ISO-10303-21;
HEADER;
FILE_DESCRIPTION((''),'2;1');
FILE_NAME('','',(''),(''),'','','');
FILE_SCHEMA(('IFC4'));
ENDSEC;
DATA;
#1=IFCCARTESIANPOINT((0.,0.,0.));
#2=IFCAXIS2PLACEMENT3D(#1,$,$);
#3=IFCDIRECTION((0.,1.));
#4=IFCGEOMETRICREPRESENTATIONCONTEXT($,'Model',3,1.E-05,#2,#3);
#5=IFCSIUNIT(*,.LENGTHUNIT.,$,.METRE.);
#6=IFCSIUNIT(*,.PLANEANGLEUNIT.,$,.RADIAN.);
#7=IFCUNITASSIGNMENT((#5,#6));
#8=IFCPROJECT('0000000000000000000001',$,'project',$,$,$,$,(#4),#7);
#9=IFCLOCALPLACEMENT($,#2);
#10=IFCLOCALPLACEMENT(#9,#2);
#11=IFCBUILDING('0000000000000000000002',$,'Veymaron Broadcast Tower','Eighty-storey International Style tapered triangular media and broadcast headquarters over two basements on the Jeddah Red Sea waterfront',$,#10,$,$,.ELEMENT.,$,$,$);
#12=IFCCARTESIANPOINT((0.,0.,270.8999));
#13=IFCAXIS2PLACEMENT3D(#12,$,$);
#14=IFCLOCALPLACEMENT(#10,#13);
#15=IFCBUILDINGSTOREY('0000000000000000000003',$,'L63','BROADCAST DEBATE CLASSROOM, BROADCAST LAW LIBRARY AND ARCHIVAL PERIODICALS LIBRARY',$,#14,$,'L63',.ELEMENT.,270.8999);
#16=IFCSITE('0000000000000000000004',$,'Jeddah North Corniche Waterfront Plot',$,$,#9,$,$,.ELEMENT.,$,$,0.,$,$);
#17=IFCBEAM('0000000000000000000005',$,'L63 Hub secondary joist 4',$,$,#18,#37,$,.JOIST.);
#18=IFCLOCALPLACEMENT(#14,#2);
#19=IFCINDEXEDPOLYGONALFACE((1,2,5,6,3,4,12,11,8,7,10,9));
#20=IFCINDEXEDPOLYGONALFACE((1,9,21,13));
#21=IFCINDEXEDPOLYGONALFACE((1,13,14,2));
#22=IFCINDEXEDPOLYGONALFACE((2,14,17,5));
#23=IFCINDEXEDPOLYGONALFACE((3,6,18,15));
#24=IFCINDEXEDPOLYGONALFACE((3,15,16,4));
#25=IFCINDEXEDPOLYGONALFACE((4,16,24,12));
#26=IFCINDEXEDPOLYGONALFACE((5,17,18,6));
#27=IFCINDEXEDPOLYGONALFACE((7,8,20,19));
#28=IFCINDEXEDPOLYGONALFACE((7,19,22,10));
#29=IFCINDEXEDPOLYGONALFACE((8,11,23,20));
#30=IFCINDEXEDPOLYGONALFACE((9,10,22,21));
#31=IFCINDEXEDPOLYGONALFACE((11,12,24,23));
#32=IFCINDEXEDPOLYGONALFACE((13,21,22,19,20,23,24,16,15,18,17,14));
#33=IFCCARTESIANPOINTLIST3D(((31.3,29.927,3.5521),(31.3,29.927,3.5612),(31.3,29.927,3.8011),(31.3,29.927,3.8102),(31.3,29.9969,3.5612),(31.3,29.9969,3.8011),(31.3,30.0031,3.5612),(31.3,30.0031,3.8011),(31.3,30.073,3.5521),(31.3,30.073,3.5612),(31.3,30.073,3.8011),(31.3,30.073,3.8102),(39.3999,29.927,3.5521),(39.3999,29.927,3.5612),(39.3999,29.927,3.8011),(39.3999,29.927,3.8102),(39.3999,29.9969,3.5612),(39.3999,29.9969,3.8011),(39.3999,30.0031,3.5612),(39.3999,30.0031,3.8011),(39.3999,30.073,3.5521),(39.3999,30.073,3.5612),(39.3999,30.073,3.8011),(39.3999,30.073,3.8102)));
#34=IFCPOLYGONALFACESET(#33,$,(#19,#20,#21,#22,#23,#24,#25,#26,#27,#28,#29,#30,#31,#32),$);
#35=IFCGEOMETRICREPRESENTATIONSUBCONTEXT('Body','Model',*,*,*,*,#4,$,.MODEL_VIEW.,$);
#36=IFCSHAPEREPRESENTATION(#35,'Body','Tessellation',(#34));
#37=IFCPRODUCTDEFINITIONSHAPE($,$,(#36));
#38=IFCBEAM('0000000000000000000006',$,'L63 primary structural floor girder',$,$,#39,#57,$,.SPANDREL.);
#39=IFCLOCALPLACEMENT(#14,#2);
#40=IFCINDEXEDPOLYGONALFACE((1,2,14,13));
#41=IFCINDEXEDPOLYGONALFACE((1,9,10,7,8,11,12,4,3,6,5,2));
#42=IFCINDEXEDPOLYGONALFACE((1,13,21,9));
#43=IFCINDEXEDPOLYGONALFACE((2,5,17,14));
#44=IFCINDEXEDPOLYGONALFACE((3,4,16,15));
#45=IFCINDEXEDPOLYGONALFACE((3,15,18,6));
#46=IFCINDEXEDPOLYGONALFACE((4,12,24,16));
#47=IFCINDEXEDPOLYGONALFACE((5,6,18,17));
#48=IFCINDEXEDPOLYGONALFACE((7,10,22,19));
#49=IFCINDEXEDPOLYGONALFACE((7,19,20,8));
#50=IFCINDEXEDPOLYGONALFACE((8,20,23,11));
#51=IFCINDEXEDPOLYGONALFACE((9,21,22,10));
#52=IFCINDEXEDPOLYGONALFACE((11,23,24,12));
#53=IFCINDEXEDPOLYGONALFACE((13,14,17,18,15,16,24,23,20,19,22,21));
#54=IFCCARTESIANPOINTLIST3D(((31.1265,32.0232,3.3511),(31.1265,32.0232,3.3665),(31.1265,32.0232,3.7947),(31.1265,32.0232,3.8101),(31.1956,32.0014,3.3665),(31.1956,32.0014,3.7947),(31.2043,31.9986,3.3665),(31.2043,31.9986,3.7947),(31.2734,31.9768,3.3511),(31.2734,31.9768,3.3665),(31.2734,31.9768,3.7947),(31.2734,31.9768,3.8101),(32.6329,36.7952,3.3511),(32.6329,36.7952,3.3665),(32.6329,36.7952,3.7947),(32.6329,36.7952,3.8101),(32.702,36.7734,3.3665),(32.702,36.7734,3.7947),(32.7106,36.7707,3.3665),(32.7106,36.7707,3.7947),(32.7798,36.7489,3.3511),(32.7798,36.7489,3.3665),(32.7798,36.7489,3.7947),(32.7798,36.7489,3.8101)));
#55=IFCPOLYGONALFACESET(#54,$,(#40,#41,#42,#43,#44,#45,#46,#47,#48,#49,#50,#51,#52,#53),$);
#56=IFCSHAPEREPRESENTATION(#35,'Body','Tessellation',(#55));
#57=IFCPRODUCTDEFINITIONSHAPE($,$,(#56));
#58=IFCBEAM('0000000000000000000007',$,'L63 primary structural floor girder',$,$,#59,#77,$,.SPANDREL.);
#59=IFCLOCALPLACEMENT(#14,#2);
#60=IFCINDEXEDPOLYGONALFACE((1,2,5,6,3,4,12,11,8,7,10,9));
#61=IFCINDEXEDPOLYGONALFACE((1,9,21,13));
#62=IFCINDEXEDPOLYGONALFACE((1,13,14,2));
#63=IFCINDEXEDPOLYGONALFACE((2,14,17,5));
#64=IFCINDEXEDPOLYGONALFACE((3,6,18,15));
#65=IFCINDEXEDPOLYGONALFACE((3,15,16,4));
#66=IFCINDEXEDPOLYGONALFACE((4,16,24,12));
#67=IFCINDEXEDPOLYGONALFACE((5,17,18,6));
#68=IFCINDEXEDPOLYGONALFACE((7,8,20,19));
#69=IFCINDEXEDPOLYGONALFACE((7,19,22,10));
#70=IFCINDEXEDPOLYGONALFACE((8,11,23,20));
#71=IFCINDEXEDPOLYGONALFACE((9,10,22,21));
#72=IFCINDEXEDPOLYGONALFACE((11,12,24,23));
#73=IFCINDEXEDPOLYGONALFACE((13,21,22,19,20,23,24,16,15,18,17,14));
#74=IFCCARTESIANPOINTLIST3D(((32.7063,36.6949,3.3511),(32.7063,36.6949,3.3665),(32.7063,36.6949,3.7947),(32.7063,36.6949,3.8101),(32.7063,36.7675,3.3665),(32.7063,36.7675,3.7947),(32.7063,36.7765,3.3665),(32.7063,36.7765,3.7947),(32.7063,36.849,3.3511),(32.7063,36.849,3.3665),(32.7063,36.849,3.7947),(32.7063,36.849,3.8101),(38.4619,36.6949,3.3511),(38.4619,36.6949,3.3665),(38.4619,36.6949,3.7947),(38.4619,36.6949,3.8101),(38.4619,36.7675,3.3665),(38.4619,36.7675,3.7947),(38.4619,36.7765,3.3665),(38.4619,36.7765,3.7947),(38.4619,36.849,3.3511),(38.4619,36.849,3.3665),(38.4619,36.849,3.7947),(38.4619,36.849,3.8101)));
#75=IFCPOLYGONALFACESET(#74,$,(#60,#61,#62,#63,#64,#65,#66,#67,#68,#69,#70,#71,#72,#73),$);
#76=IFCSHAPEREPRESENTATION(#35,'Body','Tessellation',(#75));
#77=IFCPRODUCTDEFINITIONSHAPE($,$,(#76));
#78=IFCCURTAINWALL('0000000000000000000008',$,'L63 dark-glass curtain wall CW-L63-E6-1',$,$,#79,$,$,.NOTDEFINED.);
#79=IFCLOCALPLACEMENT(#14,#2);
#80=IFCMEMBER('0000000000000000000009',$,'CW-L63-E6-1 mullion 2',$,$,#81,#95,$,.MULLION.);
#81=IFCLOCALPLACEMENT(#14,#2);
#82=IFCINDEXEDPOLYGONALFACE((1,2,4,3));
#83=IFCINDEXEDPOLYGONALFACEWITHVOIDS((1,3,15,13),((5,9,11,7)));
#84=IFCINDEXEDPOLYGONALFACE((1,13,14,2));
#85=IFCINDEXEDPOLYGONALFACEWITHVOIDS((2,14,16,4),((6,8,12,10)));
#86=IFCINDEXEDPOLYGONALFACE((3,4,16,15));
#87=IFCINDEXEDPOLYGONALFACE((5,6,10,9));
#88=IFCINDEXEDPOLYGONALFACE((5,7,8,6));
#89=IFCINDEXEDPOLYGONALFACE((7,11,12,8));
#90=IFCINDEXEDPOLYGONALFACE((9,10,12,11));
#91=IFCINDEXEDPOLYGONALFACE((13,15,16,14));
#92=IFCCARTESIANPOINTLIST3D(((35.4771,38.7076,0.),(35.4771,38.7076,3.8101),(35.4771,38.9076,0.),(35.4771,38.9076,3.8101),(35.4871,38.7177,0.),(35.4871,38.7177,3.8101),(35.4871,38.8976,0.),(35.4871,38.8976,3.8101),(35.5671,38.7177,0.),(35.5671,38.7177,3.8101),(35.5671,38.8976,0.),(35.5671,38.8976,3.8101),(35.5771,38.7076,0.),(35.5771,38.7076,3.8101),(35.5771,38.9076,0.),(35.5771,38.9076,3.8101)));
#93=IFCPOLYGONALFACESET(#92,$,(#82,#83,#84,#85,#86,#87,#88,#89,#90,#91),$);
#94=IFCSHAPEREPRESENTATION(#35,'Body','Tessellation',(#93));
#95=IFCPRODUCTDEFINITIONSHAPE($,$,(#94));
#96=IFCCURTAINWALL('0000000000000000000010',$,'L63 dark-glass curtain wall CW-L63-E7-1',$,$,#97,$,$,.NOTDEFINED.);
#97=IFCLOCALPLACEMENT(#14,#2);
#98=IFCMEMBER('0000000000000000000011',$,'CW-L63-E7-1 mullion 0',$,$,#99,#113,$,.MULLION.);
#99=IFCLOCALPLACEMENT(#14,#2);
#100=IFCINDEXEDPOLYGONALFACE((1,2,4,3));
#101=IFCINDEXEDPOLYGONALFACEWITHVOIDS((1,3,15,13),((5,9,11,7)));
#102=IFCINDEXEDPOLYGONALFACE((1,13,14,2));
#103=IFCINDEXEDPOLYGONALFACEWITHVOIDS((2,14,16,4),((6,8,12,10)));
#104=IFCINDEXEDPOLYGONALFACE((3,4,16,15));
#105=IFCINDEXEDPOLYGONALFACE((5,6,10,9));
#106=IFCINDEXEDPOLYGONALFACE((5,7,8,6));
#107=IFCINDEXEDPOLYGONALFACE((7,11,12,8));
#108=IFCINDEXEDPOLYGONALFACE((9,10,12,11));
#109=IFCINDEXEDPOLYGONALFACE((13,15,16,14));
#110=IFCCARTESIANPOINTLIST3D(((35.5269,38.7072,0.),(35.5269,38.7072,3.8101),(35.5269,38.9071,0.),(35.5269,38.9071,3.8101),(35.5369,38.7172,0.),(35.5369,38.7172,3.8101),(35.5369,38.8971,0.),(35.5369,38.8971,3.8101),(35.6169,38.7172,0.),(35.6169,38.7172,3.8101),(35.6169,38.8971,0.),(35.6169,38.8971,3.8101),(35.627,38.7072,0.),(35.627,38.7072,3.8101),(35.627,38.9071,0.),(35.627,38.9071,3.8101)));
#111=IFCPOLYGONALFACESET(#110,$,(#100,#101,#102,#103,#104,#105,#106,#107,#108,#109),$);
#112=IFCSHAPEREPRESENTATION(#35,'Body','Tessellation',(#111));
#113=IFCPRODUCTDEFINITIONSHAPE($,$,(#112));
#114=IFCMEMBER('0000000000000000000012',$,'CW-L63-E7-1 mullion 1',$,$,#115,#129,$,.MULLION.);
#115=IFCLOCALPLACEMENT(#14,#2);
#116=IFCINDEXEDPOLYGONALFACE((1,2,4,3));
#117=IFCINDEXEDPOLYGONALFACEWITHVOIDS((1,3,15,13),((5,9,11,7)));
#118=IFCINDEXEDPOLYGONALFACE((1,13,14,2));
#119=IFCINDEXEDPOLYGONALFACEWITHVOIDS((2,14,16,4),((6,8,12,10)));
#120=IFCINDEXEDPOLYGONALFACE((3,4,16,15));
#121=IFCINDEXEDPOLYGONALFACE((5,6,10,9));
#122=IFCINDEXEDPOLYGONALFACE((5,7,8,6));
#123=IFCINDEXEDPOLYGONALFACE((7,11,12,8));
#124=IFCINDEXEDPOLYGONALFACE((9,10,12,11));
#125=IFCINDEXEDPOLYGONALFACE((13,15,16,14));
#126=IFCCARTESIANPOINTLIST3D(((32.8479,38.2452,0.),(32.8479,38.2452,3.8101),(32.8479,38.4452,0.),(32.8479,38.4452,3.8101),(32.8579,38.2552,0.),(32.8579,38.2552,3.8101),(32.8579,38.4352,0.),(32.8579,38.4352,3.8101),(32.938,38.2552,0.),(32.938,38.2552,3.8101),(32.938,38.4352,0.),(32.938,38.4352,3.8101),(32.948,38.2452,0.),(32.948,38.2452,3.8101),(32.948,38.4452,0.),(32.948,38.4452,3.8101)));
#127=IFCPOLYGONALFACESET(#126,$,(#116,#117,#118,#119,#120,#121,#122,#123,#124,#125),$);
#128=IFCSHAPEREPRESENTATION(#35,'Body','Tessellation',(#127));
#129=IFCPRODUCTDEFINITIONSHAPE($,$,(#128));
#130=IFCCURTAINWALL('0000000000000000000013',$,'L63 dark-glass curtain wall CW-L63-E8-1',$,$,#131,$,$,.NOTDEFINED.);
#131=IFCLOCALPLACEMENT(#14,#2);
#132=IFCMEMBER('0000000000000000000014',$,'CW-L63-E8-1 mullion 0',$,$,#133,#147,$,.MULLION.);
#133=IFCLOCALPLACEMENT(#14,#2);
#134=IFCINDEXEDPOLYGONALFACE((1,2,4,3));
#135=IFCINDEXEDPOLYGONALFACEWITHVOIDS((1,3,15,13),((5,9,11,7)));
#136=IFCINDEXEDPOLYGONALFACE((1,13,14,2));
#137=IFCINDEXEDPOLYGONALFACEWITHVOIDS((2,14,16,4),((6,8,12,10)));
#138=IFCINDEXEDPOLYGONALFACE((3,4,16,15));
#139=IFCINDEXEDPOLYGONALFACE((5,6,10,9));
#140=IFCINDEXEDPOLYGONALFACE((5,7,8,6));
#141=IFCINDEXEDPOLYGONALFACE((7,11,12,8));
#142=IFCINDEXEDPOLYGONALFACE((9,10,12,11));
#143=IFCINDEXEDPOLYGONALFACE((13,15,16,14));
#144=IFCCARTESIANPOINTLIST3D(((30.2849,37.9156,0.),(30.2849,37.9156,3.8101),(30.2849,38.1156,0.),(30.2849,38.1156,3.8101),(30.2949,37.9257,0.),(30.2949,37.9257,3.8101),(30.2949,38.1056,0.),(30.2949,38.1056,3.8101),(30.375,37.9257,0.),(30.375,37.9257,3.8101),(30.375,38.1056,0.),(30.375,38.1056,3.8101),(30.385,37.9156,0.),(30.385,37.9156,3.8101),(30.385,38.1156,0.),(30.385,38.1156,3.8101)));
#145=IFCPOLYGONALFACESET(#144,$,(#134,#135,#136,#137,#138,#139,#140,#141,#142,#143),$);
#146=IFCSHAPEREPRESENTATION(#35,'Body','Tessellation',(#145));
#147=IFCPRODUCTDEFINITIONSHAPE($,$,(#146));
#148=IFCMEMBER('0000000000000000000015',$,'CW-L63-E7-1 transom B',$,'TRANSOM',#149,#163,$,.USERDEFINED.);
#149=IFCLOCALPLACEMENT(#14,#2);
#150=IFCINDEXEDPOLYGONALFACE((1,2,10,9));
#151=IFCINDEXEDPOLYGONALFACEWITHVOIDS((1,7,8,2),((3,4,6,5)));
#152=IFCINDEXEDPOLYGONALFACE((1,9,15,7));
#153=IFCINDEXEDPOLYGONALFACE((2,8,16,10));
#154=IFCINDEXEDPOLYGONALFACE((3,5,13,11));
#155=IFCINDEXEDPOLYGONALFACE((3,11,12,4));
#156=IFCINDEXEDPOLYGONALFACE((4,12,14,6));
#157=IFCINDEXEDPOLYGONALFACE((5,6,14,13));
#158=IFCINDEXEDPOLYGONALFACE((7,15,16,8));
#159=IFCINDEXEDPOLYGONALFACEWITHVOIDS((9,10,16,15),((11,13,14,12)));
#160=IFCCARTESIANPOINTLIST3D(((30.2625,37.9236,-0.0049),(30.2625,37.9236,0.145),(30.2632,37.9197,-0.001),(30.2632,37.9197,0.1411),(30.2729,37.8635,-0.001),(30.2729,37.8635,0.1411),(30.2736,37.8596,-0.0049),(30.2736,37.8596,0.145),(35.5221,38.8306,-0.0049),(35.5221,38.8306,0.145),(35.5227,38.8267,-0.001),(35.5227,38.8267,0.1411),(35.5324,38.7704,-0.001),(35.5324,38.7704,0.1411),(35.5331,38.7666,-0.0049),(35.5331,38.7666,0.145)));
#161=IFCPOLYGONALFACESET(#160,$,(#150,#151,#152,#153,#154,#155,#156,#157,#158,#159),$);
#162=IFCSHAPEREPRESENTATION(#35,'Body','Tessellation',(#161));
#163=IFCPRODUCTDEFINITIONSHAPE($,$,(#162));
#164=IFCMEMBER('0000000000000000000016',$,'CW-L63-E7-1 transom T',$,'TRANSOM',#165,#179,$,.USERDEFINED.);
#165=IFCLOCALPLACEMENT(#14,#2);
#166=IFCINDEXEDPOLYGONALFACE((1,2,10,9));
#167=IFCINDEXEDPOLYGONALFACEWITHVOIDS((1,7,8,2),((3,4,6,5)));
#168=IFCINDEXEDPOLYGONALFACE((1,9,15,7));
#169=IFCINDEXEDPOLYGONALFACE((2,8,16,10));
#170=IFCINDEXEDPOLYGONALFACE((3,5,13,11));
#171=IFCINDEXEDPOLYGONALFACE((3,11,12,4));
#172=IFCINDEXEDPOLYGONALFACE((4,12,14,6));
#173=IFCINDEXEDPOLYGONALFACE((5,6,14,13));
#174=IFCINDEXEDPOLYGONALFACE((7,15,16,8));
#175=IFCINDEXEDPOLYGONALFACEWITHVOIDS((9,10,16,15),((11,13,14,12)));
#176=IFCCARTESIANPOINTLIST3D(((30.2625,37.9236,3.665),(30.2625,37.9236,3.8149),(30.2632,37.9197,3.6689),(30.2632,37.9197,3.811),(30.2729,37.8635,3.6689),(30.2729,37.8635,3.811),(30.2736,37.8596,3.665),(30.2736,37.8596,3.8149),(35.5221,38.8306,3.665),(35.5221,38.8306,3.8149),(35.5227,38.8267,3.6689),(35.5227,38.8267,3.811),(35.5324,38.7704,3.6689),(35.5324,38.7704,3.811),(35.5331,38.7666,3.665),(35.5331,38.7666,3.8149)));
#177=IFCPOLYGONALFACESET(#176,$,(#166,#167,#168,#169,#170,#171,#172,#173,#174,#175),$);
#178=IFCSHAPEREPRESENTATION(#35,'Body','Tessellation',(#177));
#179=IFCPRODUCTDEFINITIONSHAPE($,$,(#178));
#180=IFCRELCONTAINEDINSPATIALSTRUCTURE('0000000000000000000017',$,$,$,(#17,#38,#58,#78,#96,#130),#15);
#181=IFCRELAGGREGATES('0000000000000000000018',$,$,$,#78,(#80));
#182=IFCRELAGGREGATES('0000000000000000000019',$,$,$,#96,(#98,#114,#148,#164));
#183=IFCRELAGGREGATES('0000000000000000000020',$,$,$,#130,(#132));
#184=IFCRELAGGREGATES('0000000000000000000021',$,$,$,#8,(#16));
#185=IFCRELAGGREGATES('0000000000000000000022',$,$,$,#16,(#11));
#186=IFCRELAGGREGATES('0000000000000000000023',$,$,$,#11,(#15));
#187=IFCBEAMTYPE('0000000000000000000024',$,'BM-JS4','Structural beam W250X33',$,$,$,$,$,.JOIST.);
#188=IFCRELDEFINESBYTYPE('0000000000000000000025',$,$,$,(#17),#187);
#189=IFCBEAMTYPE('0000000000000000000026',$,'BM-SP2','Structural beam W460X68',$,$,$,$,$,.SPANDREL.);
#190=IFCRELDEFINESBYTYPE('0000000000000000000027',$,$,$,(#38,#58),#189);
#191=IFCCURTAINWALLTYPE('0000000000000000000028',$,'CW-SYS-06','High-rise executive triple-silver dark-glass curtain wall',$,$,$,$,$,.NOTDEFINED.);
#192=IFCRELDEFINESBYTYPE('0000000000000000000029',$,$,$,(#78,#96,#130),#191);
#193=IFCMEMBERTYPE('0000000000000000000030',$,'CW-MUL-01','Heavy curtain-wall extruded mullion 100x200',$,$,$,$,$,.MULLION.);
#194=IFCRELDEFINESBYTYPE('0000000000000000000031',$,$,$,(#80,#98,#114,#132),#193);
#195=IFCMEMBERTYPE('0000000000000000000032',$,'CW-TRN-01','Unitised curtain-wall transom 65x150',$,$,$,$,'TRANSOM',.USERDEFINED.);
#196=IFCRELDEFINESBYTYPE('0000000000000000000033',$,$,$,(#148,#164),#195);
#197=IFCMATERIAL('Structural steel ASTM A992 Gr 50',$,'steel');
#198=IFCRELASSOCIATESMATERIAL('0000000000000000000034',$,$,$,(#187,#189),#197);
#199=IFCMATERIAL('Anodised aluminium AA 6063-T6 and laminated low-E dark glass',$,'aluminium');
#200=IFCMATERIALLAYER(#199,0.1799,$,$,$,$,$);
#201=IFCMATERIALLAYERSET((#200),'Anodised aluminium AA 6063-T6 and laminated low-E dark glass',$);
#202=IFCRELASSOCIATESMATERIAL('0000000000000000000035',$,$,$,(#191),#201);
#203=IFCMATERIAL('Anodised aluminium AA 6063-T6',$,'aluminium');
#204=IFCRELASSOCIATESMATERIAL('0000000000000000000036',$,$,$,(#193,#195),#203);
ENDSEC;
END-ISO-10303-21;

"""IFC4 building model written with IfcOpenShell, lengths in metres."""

from ifc_helpers import new_model, si_unit, direction, frame, origin, origin_2d, place, context, subcontext, project, spatial, hollow_rectangle, i_section, extrude, material, layer, layer_set, material_profile, profile_set, type_object, element, aggregate, save


model = new_model("IFC4")

# Units and contexts
model_context = context("Model", 3, precision=1e-05, world=origin(), true_north=direction((0.0, 1.0)))
body_context = subcontext(model_context, "Body", "Model", "MODEL_VIEW")
ifc_project = project(units=[si_unit("LENGTHUNIT", "METRE"), si_unit("PLANEANGLEUNIT", "RADIAN")], contexts=[model_context])

# Site, building, storey
site_placement = place(None, origin())
site = spatial("IfcSite", under=ifc_project, at=site_placement, Name="Jeddah North Corniche Waterfront Plot", CompositionType="ELEMENT", RefElevation=0.0)
building_placement = place(site_placement, origin())
building = spatial("IfcBuilding", under=site, at=building_placement, Name="Veymaron Broadcast Tower", Description="Eighty-storey International Style tapered triangular media and broadcast headquarters over two basements on the Jeddah Red Sea waterfront", CompositionType="ELEMENT")
storey_placement = place(building_placement, frame((0.0, 0.0, 270.8999)))
storey = spatial("IfcBuildingStorey", under=building, at=storey_placement, Name="L63", Description="BROADCAST DEBATE CLASSROOM, BROADCAST LAW LIBRARY AND ARCHIVAL PERIODICALS LIBRARY", LongName="L63", CompositionType="ELEMENT", Elevation=270.8999)

# Shared definitions
ifc_material_1 = material(Name="Structural steel ASTM A992 Gr 50", Category="steel")

# Beams
ifc_material_profile_1 = material_profile(ifc_material_1, i_section(OverallWidth=0.146, OverallDepth=0.2581, WebThickness=0.0061, FlangeThickness=0.009, at=origin_2d()), Name="W250X33")
ifc_profile_set_1 = profile_set([ifc_material_profile_1], Name="Structural steel ASTM A992 Gr 50")
beam_type_1 = type_object("IfcBeamType", Name="BM-JS4", Description="Structural beam W250X33", PredefinedType="JOIST", material=ifc_profile_set_1)
for number, where, z_axis, x_axis, name in (
    (1, (31.3, 30.0, 3.6812), (1.0, 0.0, 0.0), (0.0, 1.0, 0.0), "L63 Hub secondary joist 4"),
):
    element("IfcBeam", number, at=place(storey_placement, frame(where, z_axis=z_axis, x_axis=x_axis)), inside=storey, type_object=beam_type_1, Name=name, PredefinedType="JOIST", context=body_context, shape_type="SweptSolid", body=[
        extrude(i_section(OverallWidth=0.146, OverallDepth=0.2581, WebThickness=0.0061, FlangeThickness=0.009, at=origin_2d()), origin(), (0.0, 0.0, 1.0), 8.0999),
    ])
ifc_material_profile_2 = material_profile(ifc_material_1, i_section(OverallWidth=0.1541, OverallDepth=0.459, WebThickness=0.009, FlangeThickness=0.0154, at=origin_2d()), Name="W460X68")
ifc_profile_set_2 = profile_set([ifc_material_profile_2], Name="Structural steel ASTM A992 Gr 50")
beam_type_2 = type_object("IfcBeamType", Name="BM-SP2", Description="Structural beam W460X68", PredefinedType="SPANDREL", material=ifc_profile_set_2)
beam_1_placement = place(storey_placement, frame((31.2, 32.0, 3.5806), z_axis=(0.301024, 0.953617, 0.0), x_axis=(-0.953617, 0.301024, 0.0)))
element("IfcBeam", 2, at=beam_1_placement, inside=storey, type_object=beam_type_2, Name="L63 primary structural floor girder", PredefinedType="SPANDREL", context=body_context, shape_type="SweptSolid", body=[
    extrude(i_section(OverallWidth=0.1541, OverallDepth=0.459, WebThickness=0.009, FlangeThickness=0.0154, at=origin_2d()), origin(), (0.0, 0.0, 1.0), 5.0042),
])
beam_2_placement = place(storey_placement, frame((32.7063, 36.772, 3.5806), z_axis=(1.0, 0.0, 0.0), x_axis=(0.0, 1.0, 0.0)))
element("IfcBeam", 3, at=beam_2_placement, inside=storey, type_object=beam_type_2, Name="L63 primary structural floor girder", PredefinedType="SPANDREL", context=body_context, shape_type="SweptSolid", body=[
    extrude(i_section(OverallWidth=0.1541, OverallDepth=0.459, WebThickness=0.009, FlangeThickness=0.0154, at=origin_2d()), origin(), (0.0, 0.0, 1.0), 5.7556),
])

# Curtain wall, member
ifc_material_2 = material(Name="Anodised aluminium AA 6063-T6 and laminated low-E dark glass", Category="aluminium")
ifc_layer_1 = layer(ifc_material_2, 0.1799)
ifc_layer_set_1 = layer_set([ifc_layer_1], Name="Anodised aluminium AA 6063-T6 and laminated low-E dark glass")
curtain_wall_type = type_object("IfcCurtainWallType", Name="CW-SYS-06", Description="High-rise executive triple-silver dark-glass curtain wall", PredefinedType="NOTDEFINED", material=ifc_layer_set_1)
curtain_wall_1_placement = place(storey_placement, origin())
curtain_wall_1 = element("IfcCurtainWall", 4, at=curtain_wall_1_placement, inside=storey, type_object=curtain_wall_type, Name="L63 dark-glass curtain wall CW-L63-E6-1", PredefinedType="NOTDEFINED")
ifc_material_3 = material(Name="Anodised aluminium AA 6063-T6", Category="aluminium")
ifc_material_profile_3 = material_profile(ifc_material_3, hollow_rectangle(XDim=0.1001, YDim=0.2, WallThickness=0.01, at=origin_2d()), Name="RHS200X100X10")
ifc_profile_set_3 = profile_set([ifc_material_profile_3], Name="Anodised aluminium AA 6063-T6")
member_type_1 = type_object("IfcMemberType", Name="CW-MUL-01", Description="Heavy curtain-wall extruded mullion 100x200", PredefinedType="MULLION", material=ifc_profile_set_3)
member_1_placement = place(storey_placement, frame((35.5271, 38.8076, 0.0), z_axis=(0.0, 0.0, 1.0), x_axis=(1.0, 0.0, 0.0)))
member_1 = element("IfcMember", 5, at=member_1_placement, type_object=member_type_1, Name="CW-L63-E6-1 mullion 2", PredefinedType="MULLION", context=body_context, shape_type="SweptSolid", body=[
    extrude(hollow_rectangle(XDim=0.1001, YDim=0.2, WallThickness=0.01, at=origin_2d()), origin(), (0.0, 0.0, 1.0), 3.8101),
])
aggregate(curtain_wall_1, [member_1])

# Curtain wall, members
curtain_wall_2_placement = place(storey_placement, origin())
curtain_wall_2 = element("IfcCurtainWall", 6, at=curtain_wall_2_placement, inside=storey, type_object=curtain_wall_type, Name="L63 dark-glass curtain wall CW-L63-E7-1", PredefinedType="NOTDEFINED")
member_2_placement = place(storey_placement, frame((35.5769, 38.8071, 0.0), z_axis=(0.0, 0.0, 1.0), x_axis=(1.0, 0.0, 0.0)))
member_2 = element("IfcMember", 7, at=member_2_placement, type_object=member_type_1, Name="CW-L63-E7-1 mullion 0", PredefinedType="MULLION", context=body_context, shape_type="SweptSolid", body=[
    extrude(hollow_rectangle(XDim=0.1001, YDim=0.2, WallThickness=0.01, at=origin_2d()), origin(), (0.0, 0.0, 1.0), 3.8101),
])
member_3_placement = place(storey_placement, frame((32.8979, 38.3452, 0.0), z_axis=(0.0, 0.0, 1.0), x_axis=(1.0, 0.0, 0.0)))
member_3 = element("IfcMember", 8, at=member_3_placement, type_object=member_type_1, Name="CW-L63-E7-1 mullion 1", PredefinedType="MULLION", context=body_context, shape_type="SweptSolid", body=[
    extrude(hollow_rectangle(XDim=0.1001, YDim=0.2, WallThickness=0.01, at=origin_2d()), origin(), (0.0, 0.0, 1.0), 3.8101),
])

# Curtain wall, member
curtain_wall_3_placement = place(storey_placement, origin())
curtain_wall_3 = element("IfcCurtainWall", 9, at=curtain_wall_3_placement, inside=storey, type_object=curtain_wall_type, Name="L63 dark-glass curtain wall CW-L63-E8-1", PredefinedType="NOTDEFINED")
member_4_placement = place(storey_placement, frame((30.335, 38.0156, 0.0), z_axis=(0.0, 0.0, 1.0), x_axis=(1.0, 0.0, 0.0)))
member_4 = element("IfcMember", 10, at=member_4_placement, type_object=member_type_1, Name="CW-L63-E8-1 mullion 0", PredefinedType="MULLION", context=body_context, shape_type="SweptSolid", body=[
    extrude(hollow_rectangle(XDim=0.1001, YDim=0.2, WallThickness=0.01, at=origin_2d()), origin(), (0.0, 0.0, 1.0), 3.8101),
])

# Members
ifc_material_profile_4 = material_profile(ifc_material_3, hollow_rectangle(XDim=0.0649, YDim=0.1499, WallThickness=0.0039, at=origin_2d()), Name="AL150X65X4")
ifc_profile_set_4 = profile_set([ifc_material_profile_4], Name="Anodised aluminium AA 6063-T6")
member_type_2 = type_object("IfcMemberType", Name="CW-TRN-01", Description="Unitised curtain-wall transom 65x150", ElementType="TRANSOM", PredefinedType="USERDEFINED", material=ifc_profile_set_4)
member_5_placement = place(storey_placement, frame((35.5276, 38.7986, 0.0701), z_axis=(-0.985455, -0.169938, 0.0), x_axis=(0.169938, -0.985455, 0.0)))
member_5 = element("IfcMember", 11, at=member_5_placement, type_object=member_type_2, Name="CW-L63-E7-1 transom B", ObjectType="TRANSOM", PredefinedType="USERDEFINED", context=body_context, shape_type="SweptSolid", body=[
    extrude(hollow_rectangle(XDim=0.0649, YDim=0.1499, WallThickness=0.0039, at=origin_2d()), origin(), (0.0, 0.0, 1.0), 5.3372),
])
member_6_placement = place(storey_placement, frame((35.5276, 38.7986, 3.74), z_axis=(-0.985455, -0.169938, 0.0), x_axis=(0.169938, -0.985455, 0.0)))
member_6 = element("IfcMember", 12, at=member_6_placement, type_object=member_type_2, Name="CW-L63-E7-1 transom T", ObjectType="TRANSOM", PredefinedType="USERDEFINED", context=body_context, shape_type="SweptSolid", body=[
    extrude(hollow_rectangle(XDim=0.0649, YDim=0.1499, WallThickness=0.0039, at=origin_2d()), origin(), (0.0, 0.0, 1.0), 5.3372),
])

aggregate(curtain_wall_2, [member_2, member_3, member_5, member_6])
aggregate(curtain_wall_3, [member_4])

save(model, "model.ifc")
